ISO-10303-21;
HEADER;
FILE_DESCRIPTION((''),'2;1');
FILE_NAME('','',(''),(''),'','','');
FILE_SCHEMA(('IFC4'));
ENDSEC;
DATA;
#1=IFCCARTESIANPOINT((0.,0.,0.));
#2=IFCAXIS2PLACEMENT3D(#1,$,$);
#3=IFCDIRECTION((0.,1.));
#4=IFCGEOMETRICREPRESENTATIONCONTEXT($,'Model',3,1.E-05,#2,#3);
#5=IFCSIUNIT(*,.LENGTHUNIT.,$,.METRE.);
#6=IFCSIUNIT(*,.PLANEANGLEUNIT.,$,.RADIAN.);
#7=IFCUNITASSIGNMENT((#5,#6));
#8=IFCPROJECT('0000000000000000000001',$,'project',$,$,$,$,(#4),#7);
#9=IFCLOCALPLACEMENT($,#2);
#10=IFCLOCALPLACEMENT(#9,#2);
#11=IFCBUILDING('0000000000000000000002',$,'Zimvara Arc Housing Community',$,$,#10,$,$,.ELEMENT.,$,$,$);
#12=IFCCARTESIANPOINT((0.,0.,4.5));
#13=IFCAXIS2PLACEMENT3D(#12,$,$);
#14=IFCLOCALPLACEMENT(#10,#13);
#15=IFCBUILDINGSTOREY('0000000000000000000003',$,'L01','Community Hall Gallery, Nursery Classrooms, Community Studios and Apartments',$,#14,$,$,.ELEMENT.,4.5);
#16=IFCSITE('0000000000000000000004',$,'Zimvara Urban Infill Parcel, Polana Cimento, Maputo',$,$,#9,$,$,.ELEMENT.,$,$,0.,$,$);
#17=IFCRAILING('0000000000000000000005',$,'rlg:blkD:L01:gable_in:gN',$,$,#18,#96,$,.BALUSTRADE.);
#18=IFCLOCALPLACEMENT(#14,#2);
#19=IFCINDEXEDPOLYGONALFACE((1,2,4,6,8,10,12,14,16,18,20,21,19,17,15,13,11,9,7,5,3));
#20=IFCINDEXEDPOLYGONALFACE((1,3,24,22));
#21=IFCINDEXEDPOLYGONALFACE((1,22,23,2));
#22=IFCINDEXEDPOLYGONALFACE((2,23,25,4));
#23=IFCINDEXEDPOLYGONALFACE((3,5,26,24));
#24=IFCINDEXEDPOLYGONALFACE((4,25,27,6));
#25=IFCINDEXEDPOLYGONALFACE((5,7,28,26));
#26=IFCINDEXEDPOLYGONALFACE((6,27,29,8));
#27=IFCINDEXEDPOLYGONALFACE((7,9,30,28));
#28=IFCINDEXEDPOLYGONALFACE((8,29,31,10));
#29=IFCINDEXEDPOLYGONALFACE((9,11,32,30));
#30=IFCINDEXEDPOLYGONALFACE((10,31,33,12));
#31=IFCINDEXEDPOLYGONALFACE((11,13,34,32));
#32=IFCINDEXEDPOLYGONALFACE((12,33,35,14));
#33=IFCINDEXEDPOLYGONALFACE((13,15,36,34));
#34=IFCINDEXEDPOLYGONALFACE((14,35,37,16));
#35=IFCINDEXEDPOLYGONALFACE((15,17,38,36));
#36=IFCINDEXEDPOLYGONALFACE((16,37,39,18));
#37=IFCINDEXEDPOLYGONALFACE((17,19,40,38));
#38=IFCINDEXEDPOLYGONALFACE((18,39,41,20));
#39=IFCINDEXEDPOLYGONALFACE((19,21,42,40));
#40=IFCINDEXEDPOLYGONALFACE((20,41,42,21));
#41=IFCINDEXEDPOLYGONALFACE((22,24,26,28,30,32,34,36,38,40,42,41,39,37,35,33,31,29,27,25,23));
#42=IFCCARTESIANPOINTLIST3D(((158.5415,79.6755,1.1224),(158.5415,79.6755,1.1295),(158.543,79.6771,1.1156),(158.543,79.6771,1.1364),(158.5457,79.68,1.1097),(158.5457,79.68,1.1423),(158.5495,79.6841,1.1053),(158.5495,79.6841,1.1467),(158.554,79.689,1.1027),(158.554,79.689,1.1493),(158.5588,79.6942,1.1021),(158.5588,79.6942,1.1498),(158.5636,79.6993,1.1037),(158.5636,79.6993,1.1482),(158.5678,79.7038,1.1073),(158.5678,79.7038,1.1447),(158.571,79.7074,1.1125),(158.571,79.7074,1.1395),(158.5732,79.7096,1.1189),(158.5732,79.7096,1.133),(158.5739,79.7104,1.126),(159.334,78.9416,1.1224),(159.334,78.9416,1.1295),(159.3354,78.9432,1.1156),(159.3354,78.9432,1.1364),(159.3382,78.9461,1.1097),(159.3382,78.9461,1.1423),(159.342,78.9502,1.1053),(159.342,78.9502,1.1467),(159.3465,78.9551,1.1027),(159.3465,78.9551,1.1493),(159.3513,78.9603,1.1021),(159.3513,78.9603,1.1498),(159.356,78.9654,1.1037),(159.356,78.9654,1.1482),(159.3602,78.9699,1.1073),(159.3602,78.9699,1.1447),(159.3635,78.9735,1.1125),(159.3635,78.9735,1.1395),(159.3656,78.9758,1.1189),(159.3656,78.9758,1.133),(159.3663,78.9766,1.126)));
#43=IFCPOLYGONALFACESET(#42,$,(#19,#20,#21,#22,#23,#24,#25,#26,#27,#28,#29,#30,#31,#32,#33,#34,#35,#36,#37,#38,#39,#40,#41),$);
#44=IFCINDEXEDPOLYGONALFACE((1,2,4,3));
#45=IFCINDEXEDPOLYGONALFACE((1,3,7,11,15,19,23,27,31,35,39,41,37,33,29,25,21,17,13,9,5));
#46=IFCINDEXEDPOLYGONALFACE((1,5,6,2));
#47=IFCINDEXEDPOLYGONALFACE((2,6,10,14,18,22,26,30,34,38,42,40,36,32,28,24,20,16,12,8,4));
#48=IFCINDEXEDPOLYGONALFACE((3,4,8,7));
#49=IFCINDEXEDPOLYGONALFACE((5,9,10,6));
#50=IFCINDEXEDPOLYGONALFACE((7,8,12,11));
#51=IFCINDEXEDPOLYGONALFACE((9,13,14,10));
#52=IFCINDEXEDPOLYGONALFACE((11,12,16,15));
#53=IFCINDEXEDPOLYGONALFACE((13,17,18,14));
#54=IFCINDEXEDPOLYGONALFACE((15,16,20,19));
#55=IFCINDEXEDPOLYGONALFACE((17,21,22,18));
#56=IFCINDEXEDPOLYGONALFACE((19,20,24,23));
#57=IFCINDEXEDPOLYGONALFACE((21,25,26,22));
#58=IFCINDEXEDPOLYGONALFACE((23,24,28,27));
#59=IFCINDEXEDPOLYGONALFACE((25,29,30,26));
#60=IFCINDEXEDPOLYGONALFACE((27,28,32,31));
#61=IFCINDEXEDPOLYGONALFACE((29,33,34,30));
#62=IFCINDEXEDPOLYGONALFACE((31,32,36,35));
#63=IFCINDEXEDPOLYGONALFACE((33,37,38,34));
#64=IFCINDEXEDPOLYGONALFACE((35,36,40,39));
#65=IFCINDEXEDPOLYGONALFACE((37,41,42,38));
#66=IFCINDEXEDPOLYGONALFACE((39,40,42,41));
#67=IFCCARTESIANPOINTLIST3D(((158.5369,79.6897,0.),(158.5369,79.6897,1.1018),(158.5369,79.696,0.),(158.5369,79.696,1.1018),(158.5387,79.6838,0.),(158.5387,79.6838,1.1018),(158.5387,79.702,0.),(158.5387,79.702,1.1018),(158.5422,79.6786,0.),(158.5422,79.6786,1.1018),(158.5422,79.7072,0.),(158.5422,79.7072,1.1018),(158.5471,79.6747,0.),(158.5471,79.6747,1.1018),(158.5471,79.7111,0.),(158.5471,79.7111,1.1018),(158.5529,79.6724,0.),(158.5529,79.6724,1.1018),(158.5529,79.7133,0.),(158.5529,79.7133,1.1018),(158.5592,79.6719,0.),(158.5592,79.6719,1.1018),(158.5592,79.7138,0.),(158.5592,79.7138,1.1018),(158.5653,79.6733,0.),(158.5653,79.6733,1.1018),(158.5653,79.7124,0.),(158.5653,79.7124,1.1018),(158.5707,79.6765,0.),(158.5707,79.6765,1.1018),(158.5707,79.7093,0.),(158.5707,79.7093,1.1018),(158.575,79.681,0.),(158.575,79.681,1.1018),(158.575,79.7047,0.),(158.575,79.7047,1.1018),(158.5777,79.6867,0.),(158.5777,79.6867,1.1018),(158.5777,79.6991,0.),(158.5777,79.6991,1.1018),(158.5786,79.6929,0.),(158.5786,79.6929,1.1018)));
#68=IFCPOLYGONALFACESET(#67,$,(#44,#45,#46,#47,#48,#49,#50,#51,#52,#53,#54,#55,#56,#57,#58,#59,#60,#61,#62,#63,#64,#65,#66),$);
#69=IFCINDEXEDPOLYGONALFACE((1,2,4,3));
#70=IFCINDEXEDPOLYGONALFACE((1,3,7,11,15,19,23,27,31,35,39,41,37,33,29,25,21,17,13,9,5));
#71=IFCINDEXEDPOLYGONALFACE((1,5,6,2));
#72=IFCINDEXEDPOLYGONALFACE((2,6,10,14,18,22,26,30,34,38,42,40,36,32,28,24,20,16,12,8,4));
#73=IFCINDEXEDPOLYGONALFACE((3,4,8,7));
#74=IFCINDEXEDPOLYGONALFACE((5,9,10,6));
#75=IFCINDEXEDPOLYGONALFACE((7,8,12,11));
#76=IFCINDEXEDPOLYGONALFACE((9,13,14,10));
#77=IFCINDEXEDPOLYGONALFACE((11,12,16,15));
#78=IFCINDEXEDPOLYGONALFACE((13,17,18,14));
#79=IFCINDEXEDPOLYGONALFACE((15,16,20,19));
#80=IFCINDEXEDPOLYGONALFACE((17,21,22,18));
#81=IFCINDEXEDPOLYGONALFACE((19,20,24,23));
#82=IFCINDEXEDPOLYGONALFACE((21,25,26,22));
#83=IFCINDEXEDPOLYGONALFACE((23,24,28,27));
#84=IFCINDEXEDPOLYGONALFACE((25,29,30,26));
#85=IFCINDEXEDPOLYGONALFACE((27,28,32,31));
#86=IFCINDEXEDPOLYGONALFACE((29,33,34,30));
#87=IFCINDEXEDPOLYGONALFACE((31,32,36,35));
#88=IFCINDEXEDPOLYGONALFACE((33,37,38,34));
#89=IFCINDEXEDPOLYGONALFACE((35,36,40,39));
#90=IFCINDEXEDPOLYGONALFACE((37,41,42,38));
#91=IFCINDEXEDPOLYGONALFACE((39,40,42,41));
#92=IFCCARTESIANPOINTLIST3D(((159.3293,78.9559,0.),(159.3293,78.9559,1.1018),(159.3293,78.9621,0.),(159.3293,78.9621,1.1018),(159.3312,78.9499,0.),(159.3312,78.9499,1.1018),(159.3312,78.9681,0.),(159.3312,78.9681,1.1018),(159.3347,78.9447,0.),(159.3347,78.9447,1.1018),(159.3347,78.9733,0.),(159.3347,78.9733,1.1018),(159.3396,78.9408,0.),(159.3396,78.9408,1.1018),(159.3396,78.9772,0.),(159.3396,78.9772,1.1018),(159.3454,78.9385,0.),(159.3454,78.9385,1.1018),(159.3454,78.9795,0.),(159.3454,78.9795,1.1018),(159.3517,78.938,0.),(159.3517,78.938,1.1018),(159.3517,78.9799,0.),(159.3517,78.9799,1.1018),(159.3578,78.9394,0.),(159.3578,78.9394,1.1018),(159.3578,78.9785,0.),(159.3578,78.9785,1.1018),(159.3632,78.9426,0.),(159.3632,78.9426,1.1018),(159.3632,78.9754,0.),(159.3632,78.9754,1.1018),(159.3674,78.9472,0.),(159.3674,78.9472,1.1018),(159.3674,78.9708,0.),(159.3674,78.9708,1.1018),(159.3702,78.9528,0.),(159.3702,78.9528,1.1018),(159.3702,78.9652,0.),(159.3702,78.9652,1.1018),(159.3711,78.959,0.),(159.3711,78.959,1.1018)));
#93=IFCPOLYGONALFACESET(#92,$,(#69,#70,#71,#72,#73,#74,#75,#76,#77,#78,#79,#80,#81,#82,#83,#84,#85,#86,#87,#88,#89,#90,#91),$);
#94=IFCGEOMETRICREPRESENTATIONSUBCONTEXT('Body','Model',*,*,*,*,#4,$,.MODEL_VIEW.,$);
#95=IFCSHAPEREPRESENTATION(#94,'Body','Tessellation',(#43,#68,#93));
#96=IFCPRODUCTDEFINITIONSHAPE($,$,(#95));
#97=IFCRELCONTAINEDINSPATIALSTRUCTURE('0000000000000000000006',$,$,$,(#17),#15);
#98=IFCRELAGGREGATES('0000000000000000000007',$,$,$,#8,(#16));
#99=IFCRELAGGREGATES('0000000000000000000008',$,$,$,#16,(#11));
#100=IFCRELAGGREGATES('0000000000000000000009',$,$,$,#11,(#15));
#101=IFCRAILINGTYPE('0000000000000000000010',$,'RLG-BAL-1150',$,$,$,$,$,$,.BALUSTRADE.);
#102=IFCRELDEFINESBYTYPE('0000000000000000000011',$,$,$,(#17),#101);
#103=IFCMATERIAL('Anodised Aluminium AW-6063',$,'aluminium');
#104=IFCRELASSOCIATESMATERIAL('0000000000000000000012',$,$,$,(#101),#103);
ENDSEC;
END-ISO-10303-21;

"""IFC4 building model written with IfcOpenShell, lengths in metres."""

from ifc_helpers import new_model, si_unit, direction, frame, origin, origin_2d, place, context, subcontext, project, spatial, circle, extrude, material, type_object, element, save


model = new_model("IFC4")

# Units and contexts
model_context = context("Model", 3, precision=1e-05, world=origin(), true_north=direction((0.0, 1.0)))
body_context = subcontext(model_context, "Body", "Model", "MODEL_VIEW")
ifc_project = project(units=[si_unit("LENGTHUNIT", "METRE"), si_unit("PLANEANGLEUNIT", "RADIAN")], contexts=[model_context])

# Site, building, storey
site_placement = place(None, origin())
site = spatial("IfcSite", under=ifc_project, at=site_placement, Name="Zimvara Urban Infill Parcel, Polana Cimento, Maputo", CompositionType="ELEMENT", RefElevation=0.0)
building_placement = place(site_placement, origin())
building = spatial("IfcBuilding", under=site, at=building_placement, Name="Zimvara Arc Housing Community", CompositionType="ELEMENT")
storey_placement = place(building_placement, frame((0.0, 0.0, 4.5)))
storey = spatial("IfcBuildingStorey", under=building, at=storey_placement, Name="L01", Description="Community Hall Gallery, Nursery Classrooms, Community Studios and Apartments", CompositionType="ELEMENT", Elevation=4.5)

# Railing
ifc_material_1 = material(Name="Anodised Aluminium AW-6063", Category="aluminium")
railing_type_1 = type_object("IfcRailingType", Name="RLG-BAL-1150", PredefinedType="BALUSTRADE", material=ifc_material_1)
railing_1_placement = place(storey_placement, frame((158.5576, 79.6929, 0.0)))
element("IfcRailing", 1, at=railing_1_placement, inside=storey, type_object=railing_type_1, Name="rlg:blkD:L01:gable_in:gN", PredefinedType="BALUSTRADE", context=body_context, shape_type="SweptSolid", body=[
    extrude(circle(Radius=0.0239, at=origin_2d()), frame((0.0, 0.0, 1.126), z_axis=(0.733711, -0.679462, 0.0), x_axis=(0.679462, 0.733711, 0.0)), (0.0, 0.0, 1.0), 1.0801),
    extrude(circle(Radius=0.021, at=origin_2d()), origin(), (0.0, 0.0, 1.0), 1.1018),
    extrude(circle(Radius=0.021, at=origin_2d()), frame((0.7925, -0.7339, 0.0)), (0.0, 0.0, 1.0), 1.1018),
])

save(model, "model.ifc")
